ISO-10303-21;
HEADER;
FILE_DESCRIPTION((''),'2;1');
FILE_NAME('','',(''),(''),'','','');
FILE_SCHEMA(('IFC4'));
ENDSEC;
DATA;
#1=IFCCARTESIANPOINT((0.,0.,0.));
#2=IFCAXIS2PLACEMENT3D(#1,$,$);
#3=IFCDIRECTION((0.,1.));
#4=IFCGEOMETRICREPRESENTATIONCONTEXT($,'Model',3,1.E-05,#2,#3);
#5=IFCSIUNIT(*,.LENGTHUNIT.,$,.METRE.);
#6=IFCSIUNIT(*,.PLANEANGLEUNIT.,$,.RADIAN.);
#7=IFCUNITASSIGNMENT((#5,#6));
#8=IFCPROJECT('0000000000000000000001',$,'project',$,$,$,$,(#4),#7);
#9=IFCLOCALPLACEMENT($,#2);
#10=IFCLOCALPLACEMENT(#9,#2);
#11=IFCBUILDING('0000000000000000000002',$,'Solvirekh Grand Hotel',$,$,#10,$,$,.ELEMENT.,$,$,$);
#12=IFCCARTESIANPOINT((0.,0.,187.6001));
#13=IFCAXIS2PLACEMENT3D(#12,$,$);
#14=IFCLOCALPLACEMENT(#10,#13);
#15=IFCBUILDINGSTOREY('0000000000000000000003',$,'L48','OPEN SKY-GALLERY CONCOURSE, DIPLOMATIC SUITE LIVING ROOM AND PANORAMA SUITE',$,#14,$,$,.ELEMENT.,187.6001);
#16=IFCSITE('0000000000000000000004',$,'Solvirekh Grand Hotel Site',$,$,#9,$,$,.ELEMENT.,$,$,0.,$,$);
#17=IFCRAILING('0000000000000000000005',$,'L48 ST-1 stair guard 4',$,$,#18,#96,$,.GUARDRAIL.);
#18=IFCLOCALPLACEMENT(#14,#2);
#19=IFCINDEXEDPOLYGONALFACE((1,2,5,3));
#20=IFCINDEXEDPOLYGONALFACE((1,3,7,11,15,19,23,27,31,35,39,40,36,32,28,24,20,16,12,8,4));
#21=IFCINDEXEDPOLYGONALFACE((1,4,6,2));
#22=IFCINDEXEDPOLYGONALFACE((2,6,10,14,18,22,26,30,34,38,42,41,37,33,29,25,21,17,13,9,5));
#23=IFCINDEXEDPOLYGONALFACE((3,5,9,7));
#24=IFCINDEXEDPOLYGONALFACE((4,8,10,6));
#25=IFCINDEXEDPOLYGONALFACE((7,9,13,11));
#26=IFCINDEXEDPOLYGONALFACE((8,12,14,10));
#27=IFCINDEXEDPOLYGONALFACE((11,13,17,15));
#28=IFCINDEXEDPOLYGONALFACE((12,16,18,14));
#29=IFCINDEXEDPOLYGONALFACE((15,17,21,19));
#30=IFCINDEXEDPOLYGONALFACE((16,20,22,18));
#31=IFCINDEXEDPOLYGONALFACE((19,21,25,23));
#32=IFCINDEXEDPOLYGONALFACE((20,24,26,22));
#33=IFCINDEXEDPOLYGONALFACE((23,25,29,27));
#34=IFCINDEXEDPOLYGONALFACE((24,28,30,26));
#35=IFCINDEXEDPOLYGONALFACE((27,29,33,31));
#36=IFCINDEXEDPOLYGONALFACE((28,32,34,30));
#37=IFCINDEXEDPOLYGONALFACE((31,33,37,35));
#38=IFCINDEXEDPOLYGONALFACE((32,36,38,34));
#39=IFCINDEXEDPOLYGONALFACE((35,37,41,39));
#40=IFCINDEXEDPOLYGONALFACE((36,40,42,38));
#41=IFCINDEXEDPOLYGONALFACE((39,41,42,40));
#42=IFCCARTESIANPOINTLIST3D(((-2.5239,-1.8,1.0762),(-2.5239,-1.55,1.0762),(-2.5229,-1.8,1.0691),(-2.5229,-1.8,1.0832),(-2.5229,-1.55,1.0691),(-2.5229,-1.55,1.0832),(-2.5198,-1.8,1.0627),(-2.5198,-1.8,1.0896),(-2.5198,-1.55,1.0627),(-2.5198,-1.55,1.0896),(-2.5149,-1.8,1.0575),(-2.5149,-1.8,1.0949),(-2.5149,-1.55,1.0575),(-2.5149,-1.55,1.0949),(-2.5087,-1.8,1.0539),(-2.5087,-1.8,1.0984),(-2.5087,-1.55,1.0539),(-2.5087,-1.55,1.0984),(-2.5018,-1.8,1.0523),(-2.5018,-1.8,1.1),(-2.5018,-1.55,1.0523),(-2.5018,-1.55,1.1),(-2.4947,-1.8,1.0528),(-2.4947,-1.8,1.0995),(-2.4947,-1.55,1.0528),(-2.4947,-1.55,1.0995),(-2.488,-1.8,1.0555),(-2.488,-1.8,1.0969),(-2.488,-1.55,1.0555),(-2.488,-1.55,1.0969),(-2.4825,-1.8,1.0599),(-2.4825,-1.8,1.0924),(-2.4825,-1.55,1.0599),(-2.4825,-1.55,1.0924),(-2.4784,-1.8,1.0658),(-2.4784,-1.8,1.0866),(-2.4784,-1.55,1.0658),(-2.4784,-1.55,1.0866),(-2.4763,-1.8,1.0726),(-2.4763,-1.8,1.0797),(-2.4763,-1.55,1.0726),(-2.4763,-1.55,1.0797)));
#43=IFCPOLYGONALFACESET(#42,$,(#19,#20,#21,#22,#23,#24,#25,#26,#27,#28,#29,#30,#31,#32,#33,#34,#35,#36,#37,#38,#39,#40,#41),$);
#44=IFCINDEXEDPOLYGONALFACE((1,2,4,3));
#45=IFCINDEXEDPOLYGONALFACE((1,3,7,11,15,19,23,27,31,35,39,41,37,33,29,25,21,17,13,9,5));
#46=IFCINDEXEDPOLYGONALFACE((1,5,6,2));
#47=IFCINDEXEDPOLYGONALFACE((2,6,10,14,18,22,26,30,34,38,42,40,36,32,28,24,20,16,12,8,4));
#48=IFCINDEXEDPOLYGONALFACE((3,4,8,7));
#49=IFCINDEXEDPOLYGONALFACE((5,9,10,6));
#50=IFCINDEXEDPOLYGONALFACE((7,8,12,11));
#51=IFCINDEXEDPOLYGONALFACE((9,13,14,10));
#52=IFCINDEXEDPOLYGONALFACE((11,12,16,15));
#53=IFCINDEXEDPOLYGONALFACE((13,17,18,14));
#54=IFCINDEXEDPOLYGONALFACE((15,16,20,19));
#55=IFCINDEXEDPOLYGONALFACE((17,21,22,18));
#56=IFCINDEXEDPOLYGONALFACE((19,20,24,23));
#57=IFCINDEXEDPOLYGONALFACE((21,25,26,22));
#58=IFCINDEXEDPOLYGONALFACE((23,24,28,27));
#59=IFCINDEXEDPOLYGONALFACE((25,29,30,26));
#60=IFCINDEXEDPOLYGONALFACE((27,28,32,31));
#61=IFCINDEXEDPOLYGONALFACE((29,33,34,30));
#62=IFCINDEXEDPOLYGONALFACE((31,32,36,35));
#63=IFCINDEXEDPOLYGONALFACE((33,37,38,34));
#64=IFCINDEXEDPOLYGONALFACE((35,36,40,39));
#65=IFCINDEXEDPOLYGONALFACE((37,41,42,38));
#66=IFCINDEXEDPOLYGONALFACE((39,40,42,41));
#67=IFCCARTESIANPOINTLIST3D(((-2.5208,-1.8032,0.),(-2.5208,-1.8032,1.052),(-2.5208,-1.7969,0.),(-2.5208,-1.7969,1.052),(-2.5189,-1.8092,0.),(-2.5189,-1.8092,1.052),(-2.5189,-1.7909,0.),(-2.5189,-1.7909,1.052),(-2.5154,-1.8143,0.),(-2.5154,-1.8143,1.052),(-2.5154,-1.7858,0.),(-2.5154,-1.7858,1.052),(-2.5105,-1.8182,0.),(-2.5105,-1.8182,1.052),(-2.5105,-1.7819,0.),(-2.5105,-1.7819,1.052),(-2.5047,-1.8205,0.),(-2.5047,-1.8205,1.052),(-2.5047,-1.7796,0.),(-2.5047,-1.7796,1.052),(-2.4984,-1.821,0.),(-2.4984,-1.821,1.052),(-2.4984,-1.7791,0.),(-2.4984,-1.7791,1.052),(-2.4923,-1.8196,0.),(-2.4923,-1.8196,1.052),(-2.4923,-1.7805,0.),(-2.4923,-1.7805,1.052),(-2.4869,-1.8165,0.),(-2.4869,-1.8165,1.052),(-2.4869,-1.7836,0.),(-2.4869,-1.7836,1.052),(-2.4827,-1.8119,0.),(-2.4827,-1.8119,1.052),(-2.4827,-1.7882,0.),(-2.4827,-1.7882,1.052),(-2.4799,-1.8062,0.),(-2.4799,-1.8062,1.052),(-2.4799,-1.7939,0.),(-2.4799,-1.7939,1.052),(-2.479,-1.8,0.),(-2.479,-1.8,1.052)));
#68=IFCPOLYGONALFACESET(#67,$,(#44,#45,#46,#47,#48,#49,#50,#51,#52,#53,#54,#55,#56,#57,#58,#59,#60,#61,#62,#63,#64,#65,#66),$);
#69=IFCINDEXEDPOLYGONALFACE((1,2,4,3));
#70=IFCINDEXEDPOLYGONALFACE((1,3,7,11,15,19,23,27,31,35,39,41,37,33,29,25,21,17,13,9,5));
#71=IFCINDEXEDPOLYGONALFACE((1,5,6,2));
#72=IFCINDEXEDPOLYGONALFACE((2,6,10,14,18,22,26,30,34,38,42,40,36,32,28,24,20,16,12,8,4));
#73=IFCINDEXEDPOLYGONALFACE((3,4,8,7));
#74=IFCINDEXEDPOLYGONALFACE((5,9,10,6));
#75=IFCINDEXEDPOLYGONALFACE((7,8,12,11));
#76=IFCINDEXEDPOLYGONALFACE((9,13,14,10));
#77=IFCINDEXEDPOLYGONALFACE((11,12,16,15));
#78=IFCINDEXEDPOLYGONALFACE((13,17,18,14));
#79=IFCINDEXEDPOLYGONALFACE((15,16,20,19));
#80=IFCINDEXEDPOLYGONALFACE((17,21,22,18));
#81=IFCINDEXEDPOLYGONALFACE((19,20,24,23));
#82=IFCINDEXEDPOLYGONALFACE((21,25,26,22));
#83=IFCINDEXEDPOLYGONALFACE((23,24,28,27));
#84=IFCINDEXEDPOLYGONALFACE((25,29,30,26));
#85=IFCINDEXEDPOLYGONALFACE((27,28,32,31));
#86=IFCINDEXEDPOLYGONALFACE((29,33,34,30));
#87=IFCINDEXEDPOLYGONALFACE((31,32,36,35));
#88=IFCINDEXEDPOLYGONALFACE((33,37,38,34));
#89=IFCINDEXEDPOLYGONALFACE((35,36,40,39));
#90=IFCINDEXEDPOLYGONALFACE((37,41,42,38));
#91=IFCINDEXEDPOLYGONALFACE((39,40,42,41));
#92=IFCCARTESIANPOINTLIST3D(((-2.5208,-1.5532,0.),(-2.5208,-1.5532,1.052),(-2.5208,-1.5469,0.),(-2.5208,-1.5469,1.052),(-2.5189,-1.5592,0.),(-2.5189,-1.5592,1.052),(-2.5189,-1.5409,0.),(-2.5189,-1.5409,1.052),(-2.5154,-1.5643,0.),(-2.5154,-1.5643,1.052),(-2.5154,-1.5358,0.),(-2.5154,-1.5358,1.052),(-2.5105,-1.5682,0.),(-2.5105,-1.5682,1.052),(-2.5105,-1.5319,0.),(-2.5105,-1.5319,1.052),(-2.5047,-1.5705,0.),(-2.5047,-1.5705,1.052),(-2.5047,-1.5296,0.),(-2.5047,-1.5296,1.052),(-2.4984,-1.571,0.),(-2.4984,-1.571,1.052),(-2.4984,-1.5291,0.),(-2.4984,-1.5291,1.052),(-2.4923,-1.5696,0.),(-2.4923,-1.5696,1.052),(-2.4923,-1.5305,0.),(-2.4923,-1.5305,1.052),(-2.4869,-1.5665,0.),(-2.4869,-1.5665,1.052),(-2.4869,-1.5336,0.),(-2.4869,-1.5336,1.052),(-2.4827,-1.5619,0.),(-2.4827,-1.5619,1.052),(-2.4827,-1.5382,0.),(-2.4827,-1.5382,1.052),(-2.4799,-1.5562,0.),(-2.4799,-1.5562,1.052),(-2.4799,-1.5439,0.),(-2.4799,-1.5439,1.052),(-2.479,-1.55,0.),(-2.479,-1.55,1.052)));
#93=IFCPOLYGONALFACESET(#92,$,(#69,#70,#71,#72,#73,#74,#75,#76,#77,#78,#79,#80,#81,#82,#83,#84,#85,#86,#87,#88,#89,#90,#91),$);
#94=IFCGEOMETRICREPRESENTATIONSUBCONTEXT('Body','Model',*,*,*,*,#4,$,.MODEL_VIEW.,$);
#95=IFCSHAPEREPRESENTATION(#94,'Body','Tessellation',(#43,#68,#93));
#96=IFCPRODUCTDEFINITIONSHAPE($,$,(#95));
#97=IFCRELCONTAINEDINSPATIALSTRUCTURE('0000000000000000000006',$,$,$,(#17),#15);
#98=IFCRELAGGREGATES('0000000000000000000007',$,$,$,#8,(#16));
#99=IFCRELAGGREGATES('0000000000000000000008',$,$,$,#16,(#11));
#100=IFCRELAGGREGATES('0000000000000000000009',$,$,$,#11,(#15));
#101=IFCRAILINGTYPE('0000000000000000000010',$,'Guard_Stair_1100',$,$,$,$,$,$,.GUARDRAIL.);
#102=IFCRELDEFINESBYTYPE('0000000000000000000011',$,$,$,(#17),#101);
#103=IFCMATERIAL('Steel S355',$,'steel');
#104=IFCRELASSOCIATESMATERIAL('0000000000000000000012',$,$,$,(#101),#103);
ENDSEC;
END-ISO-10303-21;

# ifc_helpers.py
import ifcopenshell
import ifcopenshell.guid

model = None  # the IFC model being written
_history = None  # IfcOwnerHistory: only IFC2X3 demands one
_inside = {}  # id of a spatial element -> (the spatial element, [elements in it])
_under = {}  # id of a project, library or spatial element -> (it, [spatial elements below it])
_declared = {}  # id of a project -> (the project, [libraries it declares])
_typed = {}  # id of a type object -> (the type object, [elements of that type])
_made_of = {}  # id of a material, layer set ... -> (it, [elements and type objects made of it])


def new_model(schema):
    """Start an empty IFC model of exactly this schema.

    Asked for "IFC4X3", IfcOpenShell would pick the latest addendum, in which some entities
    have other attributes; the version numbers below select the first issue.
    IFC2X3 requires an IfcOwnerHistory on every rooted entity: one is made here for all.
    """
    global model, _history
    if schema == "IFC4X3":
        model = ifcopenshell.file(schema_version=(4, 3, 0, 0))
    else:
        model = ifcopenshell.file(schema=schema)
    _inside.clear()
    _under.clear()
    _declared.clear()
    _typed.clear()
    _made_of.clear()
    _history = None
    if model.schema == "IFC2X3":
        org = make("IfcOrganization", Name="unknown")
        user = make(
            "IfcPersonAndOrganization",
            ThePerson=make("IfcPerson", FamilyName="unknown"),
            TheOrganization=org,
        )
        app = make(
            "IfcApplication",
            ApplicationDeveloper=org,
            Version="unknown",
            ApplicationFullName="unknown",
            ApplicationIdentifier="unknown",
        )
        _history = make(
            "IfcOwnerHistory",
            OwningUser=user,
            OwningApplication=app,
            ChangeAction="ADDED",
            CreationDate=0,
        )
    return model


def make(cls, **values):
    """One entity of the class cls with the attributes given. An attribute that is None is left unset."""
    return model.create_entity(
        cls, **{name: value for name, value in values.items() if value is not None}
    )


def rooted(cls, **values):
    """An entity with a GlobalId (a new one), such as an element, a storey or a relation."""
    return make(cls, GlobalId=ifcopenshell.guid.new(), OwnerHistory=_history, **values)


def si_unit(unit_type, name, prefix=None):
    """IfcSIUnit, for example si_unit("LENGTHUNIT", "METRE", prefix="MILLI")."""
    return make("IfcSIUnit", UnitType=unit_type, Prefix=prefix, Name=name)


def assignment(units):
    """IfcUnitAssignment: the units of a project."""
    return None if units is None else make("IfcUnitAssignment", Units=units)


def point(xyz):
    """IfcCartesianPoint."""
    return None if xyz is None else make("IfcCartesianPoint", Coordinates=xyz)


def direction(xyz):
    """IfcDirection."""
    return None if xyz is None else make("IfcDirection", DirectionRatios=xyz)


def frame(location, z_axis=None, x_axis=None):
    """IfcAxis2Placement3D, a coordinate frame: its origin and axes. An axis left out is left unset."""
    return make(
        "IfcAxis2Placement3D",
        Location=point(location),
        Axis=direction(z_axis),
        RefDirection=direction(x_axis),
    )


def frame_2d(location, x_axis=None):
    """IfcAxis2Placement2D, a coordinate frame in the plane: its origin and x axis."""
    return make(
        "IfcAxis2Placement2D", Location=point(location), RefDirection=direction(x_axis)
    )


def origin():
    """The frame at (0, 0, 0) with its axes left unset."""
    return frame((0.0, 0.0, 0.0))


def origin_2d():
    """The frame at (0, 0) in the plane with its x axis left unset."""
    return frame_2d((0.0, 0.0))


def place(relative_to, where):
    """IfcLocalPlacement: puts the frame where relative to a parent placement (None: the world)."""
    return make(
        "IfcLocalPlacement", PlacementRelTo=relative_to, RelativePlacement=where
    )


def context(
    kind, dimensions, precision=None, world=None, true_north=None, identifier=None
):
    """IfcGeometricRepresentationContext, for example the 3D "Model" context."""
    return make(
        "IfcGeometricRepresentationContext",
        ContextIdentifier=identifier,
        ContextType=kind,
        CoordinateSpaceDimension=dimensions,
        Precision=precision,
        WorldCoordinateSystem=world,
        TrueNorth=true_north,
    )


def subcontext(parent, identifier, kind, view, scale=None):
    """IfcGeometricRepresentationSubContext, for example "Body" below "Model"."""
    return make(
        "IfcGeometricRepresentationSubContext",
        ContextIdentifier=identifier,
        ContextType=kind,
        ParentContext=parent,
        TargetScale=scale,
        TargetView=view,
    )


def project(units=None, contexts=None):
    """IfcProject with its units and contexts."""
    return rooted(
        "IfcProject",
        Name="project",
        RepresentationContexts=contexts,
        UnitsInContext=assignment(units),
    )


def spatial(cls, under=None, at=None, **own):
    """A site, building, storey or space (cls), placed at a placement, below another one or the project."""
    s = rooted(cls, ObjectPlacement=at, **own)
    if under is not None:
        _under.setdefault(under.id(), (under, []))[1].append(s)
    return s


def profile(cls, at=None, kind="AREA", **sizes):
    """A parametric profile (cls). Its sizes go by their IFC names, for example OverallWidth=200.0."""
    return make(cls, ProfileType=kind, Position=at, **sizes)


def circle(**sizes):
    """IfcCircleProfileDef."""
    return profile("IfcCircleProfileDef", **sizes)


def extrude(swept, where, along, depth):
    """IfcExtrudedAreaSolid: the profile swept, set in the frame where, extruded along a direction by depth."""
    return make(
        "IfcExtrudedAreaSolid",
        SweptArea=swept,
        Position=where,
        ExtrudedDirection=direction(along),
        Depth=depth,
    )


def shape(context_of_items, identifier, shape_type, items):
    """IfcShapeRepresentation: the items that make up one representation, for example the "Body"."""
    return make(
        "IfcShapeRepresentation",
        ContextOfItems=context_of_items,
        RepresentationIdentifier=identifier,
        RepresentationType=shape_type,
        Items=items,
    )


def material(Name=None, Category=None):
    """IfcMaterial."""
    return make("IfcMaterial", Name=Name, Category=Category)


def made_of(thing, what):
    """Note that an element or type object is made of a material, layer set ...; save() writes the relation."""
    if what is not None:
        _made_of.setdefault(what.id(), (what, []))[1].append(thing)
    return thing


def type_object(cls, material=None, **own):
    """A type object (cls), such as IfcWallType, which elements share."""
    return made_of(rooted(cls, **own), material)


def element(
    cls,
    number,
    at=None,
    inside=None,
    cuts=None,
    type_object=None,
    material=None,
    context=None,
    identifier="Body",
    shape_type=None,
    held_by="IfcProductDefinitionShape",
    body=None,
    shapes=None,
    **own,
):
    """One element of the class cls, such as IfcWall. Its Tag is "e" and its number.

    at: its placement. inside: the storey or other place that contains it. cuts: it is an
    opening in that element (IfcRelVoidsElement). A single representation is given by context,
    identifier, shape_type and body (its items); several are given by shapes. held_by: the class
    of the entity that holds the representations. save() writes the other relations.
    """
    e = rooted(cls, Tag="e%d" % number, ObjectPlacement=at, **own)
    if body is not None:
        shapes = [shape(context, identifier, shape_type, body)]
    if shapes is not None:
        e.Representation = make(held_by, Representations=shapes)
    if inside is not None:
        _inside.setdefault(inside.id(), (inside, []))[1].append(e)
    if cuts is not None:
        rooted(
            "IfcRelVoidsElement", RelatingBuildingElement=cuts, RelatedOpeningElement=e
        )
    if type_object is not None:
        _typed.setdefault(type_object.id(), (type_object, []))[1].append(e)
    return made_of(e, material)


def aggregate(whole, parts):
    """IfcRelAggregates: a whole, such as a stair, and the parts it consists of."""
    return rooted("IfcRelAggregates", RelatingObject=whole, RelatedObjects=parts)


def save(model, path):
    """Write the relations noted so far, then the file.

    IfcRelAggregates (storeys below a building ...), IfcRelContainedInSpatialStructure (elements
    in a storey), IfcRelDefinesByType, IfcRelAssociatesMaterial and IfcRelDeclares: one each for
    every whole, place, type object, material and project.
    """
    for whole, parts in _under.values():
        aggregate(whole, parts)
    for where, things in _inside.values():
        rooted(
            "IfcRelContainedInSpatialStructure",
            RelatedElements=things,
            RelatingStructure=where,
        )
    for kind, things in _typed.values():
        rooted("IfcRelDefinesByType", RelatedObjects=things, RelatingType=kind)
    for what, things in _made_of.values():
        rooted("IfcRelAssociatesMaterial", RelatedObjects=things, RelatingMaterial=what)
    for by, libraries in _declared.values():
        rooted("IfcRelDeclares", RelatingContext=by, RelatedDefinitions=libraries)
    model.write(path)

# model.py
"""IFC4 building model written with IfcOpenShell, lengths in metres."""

from ifc_helpers import new_model, si_unit, direction, frame, origin, origin_2d, place, context, subcontext, project, spatial, circle, extrude, material, type_object, element, save


model = new_model("IFC4")

# Units and contexts
model_context = context("Model", 3, precision=1e-05, world=origin(), true_north=direction((0.0, 1.0)))
body_context = subcontext(model_context, "Body", "Model", "MODEL_VIEW")
ifc_project = project(units=[si_unit("LENGTHUNIT", "METRE"), si_unit("PLANEANGLEUNIT", "RADIAN")], contexts=[model_context])

# Site, building, storey
site_placement = place(None, origin())
site = spatial("IfcSite", under=ifc_project, at=site_placement, Name="Solvirekh Grand Hotel Site", CompositionType="ELEMENT", RefElevation=0.0)
building_placement = place(site_placement, origin())
building = spatial("IfcBuilding", under=site, at=building_placement, Name="Solvirekh Grand Hotel", CompositionType="ELEMENT")
storey_placement = place(building_placement, frame((0.0, 0.0, 187.6001)))
storey = spatial("IfcBuildingStorey", under=building, at=storey_placement, Name="L48", Description="OPEN SKY-GALLERY CONCOURSE, DIPLOMATIC SUITE LIVING ROOM AND PANORAMA SUITE", CompositionType="ELEMENT", Elevation=187.6001)

# Shared definitions
ifc_material_1 = material(Name="Steel S355", Category="steel")

# Railing
railing_type_1 = type_object("IfcRailingType", Name="Guard_Stair_1100", PredefinedType="GUARDRAIL", material=ifc_material_1)
railing_1_placement = place(storey_placement, frame((-2.5, -1.8, 0.0)))
element("IfcRailing", 1, at=railing_1_placement, inside=storey, type_object=railing_type_1, Name="L48 ST-1 stair guard 4", PredefinedType="GUARDRAIL", context=body_context, shape_type="SweptSolid", body=[
    extrude(circle(Radius=0.0239, at=origin_2d()), frame((0.0, 0.0, 1.0762), z_axis=(0.0, 1.0, 0.0), x_axis=(-1.0, 0.0, 0.0)), (0.0, 0.0, 1.0), 0.25),
    extrude(circle(Radius=0.021, at=origin_2d()), origin(), (0.0, 0.0, 1.0), 1.052),
    extrude(circle(Radius=0.021, at=origin_2d()), frame((0.0, 0.25, 0.0)), (0.0, 0.0, 1.0), 1.052),
])

save(model, "model.ifc")
